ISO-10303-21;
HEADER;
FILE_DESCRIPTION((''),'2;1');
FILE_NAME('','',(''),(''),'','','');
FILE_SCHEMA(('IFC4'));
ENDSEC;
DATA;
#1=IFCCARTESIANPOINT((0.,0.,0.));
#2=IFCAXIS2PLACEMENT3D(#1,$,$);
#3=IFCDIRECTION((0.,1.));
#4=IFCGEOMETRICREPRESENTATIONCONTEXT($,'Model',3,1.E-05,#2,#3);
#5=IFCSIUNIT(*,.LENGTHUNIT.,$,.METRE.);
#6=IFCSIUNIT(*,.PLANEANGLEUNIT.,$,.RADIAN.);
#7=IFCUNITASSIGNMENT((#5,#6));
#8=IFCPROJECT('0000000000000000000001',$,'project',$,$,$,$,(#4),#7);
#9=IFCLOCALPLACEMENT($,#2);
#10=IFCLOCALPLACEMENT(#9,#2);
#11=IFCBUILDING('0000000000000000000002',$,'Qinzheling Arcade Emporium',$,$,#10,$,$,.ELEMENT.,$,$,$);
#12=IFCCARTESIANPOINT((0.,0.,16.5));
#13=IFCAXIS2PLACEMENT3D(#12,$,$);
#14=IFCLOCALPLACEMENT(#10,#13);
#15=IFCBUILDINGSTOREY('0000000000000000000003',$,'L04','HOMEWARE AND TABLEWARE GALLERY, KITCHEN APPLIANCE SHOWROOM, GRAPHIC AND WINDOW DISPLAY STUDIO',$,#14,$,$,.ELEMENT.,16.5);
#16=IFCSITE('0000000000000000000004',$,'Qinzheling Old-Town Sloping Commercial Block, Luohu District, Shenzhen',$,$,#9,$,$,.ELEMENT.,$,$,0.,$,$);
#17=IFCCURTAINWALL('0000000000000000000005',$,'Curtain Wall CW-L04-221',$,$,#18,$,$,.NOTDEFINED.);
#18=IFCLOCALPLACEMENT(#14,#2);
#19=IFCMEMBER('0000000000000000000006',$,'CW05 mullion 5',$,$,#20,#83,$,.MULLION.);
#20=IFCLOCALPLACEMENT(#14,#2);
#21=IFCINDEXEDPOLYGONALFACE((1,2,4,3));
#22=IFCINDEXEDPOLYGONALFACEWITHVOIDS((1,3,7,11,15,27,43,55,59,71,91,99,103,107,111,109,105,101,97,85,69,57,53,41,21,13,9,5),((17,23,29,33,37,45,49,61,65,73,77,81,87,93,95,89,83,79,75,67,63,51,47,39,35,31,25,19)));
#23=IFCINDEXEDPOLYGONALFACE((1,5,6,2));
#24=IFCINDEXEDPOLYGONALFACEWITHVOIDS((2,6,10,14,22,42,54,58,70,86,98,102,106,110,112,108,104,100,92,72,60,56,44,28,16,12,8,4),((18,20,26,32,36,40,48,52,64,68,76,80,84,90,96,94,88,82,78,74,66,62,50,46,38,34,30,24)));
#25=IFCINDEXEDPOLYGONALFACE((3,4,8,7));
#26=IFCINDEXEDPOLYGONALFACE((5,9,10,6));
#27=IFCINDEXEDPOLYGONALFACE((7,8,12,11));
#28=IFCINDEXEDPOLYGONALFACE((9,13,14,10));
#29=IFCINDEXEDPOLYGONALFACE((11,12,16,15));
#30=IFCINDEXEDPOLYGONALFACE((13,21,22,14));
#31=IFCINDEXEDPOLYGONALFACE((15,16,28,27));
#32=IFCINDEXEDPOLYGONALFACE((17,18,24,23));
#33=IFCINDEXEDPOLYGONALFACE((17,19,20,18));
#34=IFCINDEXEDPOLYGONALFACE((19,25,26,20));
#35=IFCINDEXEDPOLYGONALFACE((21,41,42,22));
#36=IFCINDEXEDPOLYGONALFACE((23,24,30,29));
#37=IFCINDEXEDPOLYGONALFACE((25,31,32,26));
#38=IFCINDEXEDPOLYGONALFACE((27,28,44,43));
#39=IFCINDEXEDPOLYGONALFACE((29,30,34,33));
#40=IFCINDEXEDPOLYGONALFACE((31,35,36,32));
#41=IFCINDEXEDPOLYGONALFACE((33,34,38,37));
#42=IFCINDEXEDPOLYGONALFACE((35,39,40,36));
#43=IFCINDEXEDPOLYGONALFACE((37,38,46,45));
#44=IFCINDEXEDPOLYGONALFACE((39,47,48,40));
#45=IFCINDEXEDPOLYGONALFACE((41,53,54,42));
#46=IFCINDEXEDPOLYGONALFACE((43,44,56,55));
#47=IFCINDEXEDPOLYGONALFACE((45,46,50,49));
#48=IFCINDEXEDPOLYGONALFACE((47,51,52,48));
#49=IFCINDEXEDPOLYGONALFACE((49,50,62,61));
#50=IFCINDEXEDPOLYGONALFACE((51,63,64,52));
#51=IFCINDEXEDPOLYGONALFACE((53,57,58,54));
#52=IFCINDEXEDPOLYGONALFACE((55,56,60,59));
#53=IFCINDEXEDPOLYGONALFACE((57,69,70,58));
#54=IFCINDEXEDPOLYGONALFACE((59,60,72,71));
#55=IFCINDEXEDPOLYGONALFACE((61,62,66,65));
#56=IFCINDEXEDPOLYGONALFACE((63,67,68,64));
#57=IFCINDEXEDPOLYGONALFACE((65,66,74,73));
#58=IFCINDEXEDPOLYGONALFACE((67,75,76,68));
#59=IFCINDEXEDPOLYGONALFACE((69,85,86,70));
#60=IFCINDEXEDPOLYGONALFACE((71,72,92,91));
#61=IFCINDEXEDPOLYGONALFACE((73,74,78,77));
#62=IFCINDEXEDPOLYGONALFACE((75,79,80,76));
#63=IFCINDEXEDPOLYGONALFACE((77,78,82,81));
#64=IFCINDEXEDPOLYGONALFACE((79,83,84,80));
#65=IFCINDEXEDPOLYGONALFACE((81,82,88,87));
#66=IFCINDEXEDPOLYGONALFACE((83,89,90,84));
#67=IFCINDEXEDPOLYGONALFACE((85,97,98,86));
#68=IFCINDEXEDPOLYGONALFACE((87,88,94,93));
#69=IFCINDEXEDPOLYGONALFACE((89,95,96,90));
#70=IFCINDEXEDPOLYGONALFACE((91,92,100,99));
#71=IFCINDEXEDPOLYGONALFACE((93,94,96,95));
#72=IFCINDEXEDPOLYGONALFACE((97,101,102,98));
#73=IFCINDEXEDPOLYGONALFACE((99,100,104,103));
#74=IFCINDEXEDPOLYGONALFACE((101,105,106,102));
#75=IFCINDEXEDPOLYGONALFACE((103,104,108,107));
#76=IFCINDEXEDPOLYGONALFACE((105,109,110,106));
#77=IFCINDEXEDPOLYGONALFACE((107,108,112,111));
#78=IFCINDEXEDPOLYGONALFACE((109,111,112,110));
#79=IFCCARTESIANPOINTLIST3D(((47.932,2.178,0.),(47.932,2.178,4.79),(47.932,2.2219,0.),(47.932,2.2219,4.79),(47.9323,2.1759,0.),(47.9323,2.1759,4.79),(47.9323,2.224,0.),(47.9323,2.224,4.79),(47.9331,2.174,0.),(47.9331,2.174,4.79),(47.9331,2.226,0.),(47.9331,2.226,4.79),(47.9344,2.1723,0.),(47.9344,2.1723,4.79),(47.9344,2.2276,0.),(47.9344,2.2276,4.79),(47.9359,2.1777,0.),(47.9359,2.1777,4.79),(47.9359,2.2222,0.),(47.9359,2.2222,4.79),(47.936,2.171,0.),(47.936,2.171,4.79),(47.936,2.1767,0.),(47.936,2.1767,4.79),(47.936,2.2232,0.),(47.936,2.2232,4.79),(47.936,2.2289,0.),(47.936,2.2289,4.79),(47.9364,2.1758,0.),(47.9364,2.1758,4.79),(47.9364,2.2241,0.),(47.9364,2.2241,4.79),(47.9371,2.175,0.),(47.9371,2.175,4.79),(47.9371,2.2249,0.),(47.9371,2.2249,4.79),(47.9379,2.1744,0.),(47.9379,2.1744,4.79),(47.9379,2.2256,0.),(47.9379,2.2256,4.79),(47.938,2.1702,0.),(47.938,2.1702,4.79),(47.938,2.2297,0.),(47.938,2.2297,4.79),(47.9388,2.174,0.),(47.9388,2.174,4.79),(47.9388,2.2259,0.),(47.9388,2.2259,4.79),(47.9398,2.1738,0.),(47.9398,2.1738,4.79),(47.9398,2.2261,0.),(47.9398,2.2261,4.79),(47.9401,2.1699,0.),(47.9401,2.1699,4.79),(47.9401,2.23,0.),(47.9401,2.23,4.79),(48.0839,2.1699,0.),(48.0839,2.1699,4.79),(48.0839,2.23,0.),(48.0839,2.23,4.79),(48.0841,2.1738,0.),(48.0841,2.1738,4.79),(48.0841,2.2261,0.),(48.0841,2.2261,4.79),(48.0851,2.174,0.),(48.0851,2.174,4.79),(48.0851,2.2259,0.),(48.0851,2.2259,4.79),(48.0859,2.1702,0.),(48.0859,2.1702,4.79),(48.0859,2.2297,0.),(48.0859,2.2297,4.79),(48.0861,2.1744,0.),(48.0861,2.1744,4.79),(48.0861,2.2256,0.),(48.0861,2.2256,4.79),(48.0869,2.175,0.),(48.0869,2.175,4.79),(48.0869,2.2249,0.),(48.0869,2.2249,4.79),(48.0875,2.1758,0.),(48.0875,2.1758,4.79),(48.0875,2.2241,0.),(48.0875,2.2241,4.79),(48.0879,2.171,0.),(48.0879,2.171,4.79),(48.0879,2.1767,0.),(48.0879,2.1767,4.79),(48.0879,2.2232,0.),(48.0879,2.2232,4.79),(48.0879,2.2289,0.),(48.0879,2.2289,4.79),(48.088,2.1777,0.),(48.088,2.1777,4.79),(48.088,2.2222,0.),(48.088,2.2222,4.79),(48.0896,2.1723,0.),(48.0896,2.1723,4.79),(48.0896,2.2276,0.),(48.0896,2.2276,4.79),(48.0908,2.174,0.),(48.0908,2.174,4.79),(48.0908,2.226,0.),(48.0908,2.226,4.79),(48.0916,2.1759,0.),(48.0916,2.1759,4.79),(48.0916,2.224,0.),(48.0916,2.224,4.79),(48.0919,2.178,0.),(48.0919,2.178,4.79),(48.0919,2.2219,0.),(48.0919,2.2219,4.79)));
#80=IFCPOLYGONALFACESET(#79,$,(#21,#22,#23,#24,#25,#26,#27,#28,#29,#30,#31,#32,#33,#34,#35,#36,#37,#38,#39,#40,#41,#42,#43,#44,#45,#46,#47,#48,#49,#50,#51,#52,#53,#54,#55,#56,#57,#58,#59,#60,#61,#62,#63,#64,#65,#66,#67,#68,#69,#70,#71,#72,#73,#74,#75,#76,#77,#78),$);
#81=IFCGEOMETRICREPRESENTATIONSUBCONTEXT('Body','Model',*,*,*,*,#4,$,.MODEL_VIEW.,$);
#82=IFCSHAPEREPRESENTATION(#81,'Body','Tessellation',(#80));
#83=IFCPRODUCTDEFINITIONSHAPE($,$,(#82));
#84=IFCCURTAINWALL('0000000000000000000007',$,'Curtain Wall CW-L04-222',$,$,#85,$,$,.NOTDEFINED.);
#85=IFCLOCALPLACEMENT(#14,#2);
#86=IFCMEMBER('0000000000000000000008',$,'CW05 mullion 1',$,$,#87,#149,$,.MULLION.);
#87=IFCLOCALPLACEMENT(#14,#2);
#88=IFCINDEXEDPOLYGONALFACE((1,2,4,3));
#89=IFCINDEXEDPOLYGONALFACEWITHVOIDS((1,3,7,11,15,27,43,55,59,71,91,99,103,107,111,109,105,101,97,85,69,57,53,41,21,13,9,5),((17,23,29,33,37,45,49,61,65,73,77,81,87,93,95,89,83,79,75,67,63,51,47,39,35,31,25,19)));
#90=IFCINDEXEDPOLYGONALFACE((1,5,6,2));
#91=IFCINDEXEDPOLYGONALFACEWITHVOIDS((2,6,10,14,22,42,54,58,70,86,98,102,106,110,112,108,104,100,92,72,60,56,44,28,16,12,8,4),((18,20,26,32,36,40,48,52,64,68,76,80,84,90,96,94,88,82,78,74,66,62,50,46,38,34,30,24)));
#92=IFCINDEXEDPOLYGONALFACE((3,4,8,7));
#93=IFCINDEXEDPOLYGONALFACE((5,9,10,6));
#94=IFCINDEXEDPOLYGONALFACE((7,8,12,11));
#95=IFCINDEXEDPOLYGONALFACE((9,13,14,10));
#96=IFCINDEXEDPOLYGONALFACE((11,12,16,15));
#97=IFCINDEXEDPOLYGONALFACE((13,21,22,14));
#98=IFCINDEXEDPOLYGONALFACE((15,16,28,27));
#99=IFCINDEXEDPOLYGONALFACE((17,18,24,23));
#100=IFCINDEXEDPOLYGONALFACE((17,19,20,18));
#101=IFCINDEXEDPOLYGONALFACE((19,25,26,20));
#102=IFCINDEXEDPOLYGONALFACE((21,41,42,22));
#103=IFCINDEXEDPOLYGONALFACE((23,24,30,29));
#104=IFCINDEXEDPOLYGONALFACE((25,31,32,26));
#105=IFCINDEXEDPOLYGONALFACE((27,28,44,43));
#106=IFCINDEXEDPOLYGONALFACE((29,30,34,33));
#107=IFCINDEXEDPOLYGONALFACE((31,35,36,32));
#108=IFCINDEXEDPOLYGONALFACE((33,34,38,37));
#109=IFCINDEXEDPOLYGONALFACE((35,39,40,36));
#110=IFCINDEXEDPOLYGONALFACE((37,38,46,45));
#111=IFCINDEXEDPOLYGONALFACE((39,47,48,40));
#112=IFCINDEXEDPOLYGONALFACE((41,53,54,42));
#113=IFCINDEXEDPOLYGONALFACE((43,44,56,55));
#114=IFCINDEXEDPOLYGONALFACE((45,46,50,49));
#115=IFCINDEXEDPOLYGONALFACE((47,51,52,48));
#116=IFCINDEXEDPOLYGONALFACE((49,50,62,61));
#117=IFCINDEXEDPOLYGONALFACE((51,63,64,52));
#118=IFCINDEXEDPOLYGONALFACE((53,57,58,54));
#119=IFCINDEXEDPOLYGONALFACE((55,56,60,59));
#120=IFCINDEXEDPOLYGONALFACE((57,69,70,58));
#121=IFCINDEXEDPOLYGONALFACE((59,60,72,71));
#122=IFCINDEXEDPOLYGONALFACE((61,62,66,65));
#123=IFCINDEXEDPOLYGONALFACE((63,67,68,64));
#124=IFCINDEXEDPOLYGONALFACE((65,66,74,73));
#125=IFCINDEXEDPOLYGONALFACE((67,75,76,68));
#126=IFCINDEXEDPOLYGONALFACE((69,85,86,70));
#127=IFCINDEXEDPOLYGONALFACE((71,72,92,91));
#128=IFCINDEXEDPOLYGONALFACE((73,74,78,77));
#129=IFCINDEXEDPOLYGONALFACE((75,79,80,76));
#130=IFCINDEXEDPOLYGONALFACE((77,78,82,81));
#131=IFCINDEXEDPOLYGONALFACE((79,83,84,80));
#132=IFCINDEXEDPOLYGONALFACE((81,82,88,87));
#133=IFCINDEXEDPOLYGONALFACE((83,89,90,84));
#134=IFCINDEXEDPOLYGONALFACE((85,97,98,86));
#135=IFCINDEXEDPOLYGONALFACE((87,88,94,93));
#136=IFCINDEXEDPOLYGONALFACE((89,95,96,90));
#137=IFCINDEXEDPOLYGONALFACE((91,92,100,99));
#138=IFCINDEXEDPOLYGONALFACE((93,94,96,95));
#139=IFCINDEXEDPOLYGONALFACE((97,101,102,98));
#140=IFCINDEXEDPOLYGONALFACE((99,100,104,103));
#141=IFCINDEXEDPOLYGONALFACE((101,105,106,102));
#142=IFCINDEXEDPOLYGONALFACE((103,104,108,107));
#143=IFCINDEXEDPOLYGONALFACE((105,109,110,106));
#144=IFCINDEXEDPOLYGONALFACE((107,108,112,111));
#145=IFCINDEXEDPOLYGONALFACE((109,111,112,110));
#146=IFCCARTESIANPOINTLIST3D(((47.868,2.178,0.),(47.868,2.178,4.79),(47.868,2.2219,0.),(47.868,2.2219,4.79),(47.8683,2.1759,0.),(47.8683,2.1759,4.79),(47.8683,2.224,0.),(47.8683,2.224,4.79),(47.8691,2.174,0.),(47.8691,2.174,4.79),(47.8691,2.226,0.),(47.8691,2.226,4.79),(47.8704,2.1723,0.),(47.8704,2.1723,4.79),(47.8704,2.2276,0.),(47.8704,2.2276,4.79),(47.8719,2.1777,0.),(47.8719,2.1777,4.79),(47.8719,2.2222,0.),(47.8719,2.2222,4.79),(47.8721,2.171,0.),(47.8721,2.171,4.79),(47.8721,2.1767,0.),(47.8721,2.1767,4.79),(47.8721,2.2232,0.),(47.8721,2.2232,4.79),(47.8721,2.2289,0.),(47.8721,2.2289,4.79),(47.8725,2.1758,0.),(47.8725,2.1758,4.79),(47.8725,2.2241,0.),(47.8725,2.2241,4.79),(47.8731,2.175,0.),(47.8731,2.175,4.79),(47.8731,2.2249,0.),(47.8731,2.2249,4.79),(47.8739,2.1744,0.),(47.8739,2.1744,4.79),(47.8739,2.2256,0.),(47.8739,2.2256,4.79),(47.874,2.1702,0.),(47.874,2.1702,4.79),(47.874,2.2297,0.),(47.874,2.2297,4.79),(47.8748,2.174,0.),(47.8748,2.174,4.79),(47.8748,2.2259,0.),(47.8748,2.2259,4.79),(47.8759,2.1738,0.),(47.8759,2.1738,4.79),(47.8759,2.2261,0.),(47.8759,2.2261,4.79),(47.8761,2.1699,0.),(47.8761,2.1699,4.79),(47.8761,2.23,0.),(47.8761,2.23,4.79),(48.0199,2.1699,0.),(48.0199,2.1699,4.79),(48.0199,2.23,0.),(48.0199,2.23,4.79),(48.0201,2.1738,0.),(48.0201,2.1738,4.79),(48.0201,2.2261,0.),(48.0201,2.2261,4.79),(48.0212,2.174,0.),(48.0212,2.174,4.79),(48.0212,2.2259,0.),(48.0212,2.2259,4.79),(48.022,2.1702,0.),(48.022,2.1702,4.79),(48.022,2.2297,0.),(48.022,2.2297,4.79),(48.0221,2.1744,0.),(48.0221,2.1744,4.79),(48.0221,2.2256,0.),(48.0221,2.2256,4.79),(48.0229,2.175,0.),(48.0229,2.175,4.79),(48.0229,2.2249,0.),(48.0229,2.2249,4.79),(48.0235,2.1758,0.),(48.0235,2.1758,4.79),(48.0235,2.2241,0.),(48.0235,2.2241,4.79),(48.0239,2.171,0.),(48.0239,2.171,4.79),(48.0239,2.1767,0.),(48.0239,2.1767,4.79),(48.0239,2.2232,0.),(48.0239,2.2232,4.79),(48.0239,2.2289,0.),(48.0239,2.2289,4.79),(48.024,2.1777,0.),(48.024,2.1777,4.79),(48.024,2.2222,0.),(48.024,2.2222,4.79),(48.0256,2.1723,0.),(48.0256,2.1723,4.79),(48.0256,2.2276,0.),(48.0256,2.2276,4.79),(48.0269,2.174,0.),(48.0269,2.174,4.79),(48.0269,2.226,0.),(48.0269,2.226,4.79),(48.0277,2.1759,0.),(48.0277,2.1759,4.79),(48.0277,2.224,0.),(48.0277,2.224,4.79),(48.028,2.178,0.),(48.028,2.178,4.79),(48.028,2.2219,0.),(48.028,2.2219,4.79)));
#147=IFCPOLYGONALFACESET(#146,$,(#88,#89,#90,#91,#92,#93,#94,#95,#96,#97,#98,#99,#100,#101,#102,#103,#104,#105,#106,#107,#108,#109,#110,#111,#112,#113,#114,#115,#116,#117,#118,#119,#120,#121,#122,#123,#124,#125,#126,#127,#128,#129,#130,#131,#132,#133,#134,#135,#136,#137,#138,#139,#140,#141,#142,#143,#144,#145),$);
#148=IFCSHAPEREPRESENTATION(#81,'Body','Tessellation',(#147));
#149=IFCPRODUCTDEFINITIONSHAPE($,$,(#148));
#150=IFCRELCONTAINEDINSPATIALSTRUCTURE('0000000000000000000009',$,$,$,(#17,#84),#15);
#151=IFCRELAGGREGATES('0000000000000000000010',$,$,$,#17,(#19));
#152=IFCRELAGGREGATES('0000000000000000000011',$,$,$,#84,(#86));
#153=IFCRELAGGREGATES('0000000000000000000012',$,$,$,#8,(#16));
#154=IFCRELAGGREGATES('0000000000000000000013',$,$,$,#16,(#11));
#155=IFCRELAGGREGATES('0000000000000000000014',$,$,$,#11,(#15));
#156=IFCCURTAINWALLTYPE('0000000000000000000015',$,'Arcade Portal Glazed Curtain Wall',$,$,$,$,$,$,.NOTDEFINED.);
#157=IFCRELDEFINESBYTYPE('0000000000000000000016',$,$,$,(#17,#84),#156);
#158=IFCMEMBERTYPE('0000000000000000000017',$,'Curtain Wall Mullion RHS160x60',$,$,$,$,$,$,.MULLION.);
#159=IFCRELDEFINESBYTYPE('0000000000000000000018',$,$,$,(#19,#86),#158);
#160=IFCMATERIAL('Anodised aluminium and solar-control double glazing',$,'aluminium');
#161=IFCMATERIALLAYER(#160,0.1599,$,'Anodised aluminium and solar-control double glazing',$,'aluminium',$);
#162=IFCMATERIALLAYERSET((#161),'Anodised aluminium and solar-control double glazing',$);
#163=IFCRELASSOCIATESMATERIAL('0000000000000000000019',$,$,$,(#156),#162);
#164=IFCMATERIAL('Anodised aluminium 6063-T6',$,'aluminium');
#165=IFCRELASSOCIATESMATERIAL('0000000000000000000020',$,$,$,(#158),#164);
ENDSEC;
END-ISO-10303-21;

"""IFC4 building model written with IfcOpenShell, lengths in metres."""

from ifc_helpers import new_model, si_unit, direction, frame, origin, origin_2d, place, context, subcontext, project, spatial, hollow_rectangle, extrude, material, layer, layer_set, material_profile, profile_set, type_object, element, aggregate, save


model = new_model("IFC4")

# Units and contexts
model_context = context("Model", 3, precision=1e-05, world=origin(), true_north=direction((0.0, 1.0)))
body_context = subcontext(model_context, "Body", "Model", "MODEL_VIEW")
ifc_project = project(units=[si_unit("LENGTHUNIT", "METRE"), si_unit("PLANEANGLEUNIT", "RADIAN")], contexts=[model_context])

# Site, building, storey
site_placement = place(None, origin())
site = spatial("IfcSite", under=ifc_project, at=site_placement, Name="Qinzheling Old-Town Sloping Commercial Block, Luohu District, Shenzhen", CompositionType="ELEMENT", RefElevation=0.0)
building_placement = place(site_placement, origin())
building = spatial("IfcBuilding", under=site, at=building_placement, Name="Qinzheling Arcade Emporium", CompositionType="ELEMENT")
storey_placement = place(building_placement, frame((0.0, 0.0, 16.5)))
storey = spatial("IfcBuildingStorey", under=building, at=storey_placement, Name="L04", Description="HOMEWARE AND TABLEWARE GALLERY, KITCHEN APPLIANCE SHOWROOM, GRAPHIC AND WINDOW DISPLAY STUDIO", CompositionType="ELEMENT", Elevation=16.5)

# Curtain walls, members
ifc_material_1 = material(Name="Anodised aluminium and solar-control double glazing", Category="aluminium")
ifc_layer_1 = layer(ifc_material_1, 0.1599, Name="Anodised aluminium and solar-control double glazing", Category="aluminium")
ifc_layer_set_1 = layer_set([ifc_layer_1], Name="Anodised aluminium and solar-control double glazing")
curtain_wall_type_1 = type_object("IfcCurtainWallType", Name="Arcade Portal Glazed Curtain Wall", PredefinedType="NOTDEFINED", material=ifc_layer_set_1)
curtain_wall_1_placement = place(storey_placement, origin())
curtain_wall_1 = element("IfcCurtainWall", 1, at=curtain_wall_1_placement, inside=storey, type_object=curtain_wall_type_1, Name="Curtain Wall CW-L04-221", PredefinedType="NOTDEFINED")
ifc_material_2 = material(Name="Anodised aluminium 6063-T6", Category="aluminium")
ifc_material_profile_1 = material_profile(ifc_material_2, hollow_rectangle(XDim=0.0601, YDim=0.1599, WallThickness=0.0039, InnerFilletRadius=0.0039, OuterFilletRadius=0.0081, at=origin_2d()), Name="RHS 160x60x4", Category="aluminium")
ifc_profile_set_1 = profile_set([ifc_material_profile_1], Name="Anodised aluminium 6063-T6")
member_type_1 = type_object("IfcMemberType", Name="Curtain Wall Mullion RHS160x60", PredefinedType="MULLION", material=ifc_profile_set_1)
member_1_placement = place(storey_placement, frame((48.012, 2.2, 0.0), z_axis=(0.0, 0.0, 1.0), x_axis=(0.0, -1.0, 0.0)))
member_1 = element("IfcMember", 2, at=member_1_placement, type_object=member_type_1, Name="CW05 mullion 5", PredefinedType="MULLION", context=body_context, shape_type="SweptSolid", body=[
    extrude(hollow_rectangle(XDim=0.0601, YDim=0.1599, WallThickness=0.0039, InnerFilletRadius=0.0039, OuterFilletRadius=0.0081, at=origin_2d()), origin(), (0.0, 0.0, 1.0), 4.79),
])
curtain_wall_2_placement = place(storey_placement, origin())
curtain_wall_2 = element("IfcCurtainWall", 3, at=curtain_wall_2_placement, inside=storey, type_object=curtain_wall_type_1, Name="Curtain Wall CW-L04-222", PredefinedType="NOTDEFINED")
member_2_placement = place(storey_placement, frame((47.948, 2.2, 0.0), z_axis=(0.0, 0.0, 1.0), x_axis=(0.0, -1.0, 0.0)))
member_2 = element("IfcMember", 4, at=member_2_placement, type_object=member_type_1, Name="CW05 mullion 1", PredefinedType="MULLION", context=body_context, shape_type="SweptSolid", body=[
    extrude(hollow_rectangle(XDim=0.0601, YDim=0.1599, WallThickness=0.0039, InnerFilletRadius=0.0039, OuterFilletRadius=0.0081, at=origin_2d()), origin(), (0.0, 0.0, 1.0), 4.79),
])

aggregate(curtain_wall_1, [member_1])
aggregate(curtain_wall_2, [member_2])

save(model, "model.ifc")
